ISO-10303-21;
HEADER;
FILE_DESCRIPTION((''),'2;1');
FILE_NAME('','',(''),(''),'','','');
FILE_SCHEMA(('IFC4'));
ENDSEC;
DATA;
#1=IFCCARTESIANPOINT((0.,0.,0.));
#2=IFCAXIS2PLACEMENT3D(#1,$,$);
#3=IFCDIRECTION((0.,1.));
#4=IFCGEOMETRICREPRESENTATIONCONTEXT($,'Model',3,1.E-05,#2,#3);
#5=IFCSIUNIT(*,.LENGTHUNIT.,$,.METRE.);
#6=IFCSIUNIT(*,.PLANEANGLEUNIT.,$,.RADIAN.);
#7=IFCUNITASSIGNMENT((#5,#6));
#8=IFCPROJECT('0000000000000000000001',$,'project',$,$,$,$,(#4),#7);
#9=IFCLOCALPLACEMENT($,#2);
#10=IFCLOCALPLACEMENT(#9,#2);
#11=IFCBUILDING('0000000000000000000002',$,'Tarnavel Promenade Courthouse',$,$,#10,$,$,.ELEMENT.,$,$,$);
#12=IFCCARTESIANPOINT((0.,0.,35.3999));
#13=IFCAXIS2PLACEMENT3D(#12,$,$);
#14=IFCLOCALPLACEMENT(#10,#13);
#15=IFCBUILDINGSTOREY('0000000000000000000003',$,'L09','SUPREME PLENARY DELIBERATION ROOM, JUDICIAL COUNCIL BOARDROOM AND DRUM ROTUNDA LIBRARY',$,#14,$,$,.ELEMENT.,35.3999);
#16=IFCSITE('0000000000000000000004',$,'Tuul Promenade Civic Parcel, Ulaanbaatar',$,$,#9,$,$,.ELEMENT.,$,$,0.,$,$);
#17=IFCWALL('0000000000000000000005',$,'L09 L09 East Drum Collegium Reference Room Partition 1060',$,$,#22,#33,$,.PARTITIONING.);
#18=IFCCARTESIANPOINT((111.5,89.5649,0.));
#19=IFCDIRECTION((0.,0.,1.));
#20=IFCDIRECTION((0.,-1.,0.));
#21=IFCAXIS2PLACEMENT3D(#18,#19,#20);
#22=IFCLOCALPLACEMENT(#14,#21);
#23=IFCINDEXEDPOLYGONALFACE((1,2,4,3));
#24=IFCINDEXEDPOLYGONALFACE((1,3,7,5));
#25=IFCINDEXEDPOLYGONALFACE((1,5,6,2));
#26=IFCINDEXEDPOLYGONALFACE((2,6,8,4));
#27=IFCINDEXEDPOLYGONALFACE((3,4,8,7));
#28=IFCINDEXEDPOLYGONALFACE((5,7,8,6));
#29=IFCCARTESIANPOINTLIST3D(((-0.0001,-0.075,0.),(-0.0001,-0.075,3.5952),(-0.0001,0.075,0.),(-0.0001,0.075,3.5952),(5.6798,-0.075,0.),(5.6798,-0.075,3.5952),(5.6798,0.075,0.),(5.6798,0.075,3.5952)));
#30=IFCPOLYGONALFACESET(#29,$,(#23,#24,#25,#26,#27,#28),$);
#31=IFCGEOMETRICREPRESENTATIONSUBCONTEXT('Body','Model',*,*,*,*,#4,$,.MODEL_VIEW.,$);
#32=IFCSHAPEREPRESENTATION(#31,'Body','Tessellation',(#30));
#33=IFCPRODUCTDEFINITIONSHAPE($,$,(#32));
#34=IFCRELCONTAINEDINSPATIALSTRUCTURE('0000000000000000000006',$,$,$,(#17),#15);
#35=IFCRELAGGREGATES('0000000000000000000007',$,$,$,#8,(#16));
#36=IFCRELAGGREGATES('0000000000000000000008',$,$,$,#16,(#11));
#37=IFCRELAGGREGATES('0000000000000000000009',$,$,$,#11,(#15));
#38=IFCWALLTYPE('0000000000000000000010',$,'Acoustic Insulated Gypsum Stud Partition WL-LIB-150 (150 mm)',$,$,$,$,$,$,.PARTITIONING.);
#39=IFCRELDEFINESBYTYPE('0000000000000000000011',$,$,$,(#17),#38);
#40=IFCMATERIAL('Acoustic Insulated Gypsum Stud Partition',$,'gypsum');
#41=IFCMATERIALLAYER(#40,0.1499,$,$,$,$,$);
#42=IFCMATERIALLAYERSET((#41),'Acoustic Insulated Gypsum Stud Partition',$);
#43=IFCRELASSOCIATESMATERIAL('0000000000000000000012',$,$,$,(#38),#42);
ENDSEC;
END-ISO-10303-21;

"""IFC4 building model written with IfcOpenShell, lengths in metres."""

from ifc_helpers import new_model, si_unit, direction, frame, frame_2d, origin, place, context, subcontext, project, spatial, rectangle, extrude, material, layer, layer_set, type_object, element, save


model = new_model("IFC4")

# Units and contexts
model_context = context("Model", 3, precision=1e-05, world=origin(), true_north=direction((0.0, 1.0)))
body_context = subcontext(model_context, "Body", "Model", "MODEL_VIEW")
ifc_project = project(units=[si_unit("LENGTHUNIT", "METRE"), si_unit("PLANEANGLEUNIT", "RADIAN")], contexts=[model_context])

# Site, building, storey
site_placement = place(None, origin())
site = spatial("IfcSite", under=ifc_project, at=site_placement, Name="Tuul Promenade Civic Parcel, Ulaanbaatar", CompositionType="ELEMENT", RefElevation=0.0)
building_placement = place(site_placement, origin())
building = spatial("IfcBuilding", under=site, at=building_placement, Name="Tarnavel Promenade Courthouse", CompositionType="ELEMENT")
storey_placement = place(building_placement, frame((0.0, 0.0, 35.3999)))
storey = spatial("IfcBuildingStorey", under=building, at=storey_placement, Name="L09", Description="SUPREME PLENARY DELIBERATION ROOM, JUDICIAL COUNCIL BOARDROOM AND DRUM ROTUNDA LIBRARY", CompositionType="ELEMENT", Elevation=35.3999)

# Wall
ifc_material_1 = material(Name="Acoustic Insulated Gypsum Stud Partition", Category="gypsum")
ifc_layer_1 = layer(ifc_material_1, 0.1499)
ifc_layer_set_1 = layer_set([ifc_layer_1], Name="Acoustic Insulated Gypsum Stud Partition")
wall_type_1 = type_object("IfcWallType", Name="Acoustic Insulated Gypsum Stud Partition WL-LIB-150 (150 mm)", PredefinedType="PARTITIONING", material=ifc_layer_set_1)
wall_1_placement = place(storey_placement, frame((111.5, 89.5649, 0.0), z_axis=(0.0, 0.0, 1.0), x_axis=(0.0, -1.0, 0.0)))
element("IfcWall", 1, at=wall_1_placement, inside=storey, type_object=wall_type_1, Name="L09 L09 East Drum Collegium Reference Room Partition 1060", PredefinedType="PARTITIONING", context=body_context, shape_type="SweptSolid", body=[
    extrude(rectangle(XDim=5.6799, YDim=0.1499, at=frame_2d((2.8398, 0.0))), origin(), (0.0, 0.0, 1.0), 3.5952),
])

save(model, "model.ifc")
